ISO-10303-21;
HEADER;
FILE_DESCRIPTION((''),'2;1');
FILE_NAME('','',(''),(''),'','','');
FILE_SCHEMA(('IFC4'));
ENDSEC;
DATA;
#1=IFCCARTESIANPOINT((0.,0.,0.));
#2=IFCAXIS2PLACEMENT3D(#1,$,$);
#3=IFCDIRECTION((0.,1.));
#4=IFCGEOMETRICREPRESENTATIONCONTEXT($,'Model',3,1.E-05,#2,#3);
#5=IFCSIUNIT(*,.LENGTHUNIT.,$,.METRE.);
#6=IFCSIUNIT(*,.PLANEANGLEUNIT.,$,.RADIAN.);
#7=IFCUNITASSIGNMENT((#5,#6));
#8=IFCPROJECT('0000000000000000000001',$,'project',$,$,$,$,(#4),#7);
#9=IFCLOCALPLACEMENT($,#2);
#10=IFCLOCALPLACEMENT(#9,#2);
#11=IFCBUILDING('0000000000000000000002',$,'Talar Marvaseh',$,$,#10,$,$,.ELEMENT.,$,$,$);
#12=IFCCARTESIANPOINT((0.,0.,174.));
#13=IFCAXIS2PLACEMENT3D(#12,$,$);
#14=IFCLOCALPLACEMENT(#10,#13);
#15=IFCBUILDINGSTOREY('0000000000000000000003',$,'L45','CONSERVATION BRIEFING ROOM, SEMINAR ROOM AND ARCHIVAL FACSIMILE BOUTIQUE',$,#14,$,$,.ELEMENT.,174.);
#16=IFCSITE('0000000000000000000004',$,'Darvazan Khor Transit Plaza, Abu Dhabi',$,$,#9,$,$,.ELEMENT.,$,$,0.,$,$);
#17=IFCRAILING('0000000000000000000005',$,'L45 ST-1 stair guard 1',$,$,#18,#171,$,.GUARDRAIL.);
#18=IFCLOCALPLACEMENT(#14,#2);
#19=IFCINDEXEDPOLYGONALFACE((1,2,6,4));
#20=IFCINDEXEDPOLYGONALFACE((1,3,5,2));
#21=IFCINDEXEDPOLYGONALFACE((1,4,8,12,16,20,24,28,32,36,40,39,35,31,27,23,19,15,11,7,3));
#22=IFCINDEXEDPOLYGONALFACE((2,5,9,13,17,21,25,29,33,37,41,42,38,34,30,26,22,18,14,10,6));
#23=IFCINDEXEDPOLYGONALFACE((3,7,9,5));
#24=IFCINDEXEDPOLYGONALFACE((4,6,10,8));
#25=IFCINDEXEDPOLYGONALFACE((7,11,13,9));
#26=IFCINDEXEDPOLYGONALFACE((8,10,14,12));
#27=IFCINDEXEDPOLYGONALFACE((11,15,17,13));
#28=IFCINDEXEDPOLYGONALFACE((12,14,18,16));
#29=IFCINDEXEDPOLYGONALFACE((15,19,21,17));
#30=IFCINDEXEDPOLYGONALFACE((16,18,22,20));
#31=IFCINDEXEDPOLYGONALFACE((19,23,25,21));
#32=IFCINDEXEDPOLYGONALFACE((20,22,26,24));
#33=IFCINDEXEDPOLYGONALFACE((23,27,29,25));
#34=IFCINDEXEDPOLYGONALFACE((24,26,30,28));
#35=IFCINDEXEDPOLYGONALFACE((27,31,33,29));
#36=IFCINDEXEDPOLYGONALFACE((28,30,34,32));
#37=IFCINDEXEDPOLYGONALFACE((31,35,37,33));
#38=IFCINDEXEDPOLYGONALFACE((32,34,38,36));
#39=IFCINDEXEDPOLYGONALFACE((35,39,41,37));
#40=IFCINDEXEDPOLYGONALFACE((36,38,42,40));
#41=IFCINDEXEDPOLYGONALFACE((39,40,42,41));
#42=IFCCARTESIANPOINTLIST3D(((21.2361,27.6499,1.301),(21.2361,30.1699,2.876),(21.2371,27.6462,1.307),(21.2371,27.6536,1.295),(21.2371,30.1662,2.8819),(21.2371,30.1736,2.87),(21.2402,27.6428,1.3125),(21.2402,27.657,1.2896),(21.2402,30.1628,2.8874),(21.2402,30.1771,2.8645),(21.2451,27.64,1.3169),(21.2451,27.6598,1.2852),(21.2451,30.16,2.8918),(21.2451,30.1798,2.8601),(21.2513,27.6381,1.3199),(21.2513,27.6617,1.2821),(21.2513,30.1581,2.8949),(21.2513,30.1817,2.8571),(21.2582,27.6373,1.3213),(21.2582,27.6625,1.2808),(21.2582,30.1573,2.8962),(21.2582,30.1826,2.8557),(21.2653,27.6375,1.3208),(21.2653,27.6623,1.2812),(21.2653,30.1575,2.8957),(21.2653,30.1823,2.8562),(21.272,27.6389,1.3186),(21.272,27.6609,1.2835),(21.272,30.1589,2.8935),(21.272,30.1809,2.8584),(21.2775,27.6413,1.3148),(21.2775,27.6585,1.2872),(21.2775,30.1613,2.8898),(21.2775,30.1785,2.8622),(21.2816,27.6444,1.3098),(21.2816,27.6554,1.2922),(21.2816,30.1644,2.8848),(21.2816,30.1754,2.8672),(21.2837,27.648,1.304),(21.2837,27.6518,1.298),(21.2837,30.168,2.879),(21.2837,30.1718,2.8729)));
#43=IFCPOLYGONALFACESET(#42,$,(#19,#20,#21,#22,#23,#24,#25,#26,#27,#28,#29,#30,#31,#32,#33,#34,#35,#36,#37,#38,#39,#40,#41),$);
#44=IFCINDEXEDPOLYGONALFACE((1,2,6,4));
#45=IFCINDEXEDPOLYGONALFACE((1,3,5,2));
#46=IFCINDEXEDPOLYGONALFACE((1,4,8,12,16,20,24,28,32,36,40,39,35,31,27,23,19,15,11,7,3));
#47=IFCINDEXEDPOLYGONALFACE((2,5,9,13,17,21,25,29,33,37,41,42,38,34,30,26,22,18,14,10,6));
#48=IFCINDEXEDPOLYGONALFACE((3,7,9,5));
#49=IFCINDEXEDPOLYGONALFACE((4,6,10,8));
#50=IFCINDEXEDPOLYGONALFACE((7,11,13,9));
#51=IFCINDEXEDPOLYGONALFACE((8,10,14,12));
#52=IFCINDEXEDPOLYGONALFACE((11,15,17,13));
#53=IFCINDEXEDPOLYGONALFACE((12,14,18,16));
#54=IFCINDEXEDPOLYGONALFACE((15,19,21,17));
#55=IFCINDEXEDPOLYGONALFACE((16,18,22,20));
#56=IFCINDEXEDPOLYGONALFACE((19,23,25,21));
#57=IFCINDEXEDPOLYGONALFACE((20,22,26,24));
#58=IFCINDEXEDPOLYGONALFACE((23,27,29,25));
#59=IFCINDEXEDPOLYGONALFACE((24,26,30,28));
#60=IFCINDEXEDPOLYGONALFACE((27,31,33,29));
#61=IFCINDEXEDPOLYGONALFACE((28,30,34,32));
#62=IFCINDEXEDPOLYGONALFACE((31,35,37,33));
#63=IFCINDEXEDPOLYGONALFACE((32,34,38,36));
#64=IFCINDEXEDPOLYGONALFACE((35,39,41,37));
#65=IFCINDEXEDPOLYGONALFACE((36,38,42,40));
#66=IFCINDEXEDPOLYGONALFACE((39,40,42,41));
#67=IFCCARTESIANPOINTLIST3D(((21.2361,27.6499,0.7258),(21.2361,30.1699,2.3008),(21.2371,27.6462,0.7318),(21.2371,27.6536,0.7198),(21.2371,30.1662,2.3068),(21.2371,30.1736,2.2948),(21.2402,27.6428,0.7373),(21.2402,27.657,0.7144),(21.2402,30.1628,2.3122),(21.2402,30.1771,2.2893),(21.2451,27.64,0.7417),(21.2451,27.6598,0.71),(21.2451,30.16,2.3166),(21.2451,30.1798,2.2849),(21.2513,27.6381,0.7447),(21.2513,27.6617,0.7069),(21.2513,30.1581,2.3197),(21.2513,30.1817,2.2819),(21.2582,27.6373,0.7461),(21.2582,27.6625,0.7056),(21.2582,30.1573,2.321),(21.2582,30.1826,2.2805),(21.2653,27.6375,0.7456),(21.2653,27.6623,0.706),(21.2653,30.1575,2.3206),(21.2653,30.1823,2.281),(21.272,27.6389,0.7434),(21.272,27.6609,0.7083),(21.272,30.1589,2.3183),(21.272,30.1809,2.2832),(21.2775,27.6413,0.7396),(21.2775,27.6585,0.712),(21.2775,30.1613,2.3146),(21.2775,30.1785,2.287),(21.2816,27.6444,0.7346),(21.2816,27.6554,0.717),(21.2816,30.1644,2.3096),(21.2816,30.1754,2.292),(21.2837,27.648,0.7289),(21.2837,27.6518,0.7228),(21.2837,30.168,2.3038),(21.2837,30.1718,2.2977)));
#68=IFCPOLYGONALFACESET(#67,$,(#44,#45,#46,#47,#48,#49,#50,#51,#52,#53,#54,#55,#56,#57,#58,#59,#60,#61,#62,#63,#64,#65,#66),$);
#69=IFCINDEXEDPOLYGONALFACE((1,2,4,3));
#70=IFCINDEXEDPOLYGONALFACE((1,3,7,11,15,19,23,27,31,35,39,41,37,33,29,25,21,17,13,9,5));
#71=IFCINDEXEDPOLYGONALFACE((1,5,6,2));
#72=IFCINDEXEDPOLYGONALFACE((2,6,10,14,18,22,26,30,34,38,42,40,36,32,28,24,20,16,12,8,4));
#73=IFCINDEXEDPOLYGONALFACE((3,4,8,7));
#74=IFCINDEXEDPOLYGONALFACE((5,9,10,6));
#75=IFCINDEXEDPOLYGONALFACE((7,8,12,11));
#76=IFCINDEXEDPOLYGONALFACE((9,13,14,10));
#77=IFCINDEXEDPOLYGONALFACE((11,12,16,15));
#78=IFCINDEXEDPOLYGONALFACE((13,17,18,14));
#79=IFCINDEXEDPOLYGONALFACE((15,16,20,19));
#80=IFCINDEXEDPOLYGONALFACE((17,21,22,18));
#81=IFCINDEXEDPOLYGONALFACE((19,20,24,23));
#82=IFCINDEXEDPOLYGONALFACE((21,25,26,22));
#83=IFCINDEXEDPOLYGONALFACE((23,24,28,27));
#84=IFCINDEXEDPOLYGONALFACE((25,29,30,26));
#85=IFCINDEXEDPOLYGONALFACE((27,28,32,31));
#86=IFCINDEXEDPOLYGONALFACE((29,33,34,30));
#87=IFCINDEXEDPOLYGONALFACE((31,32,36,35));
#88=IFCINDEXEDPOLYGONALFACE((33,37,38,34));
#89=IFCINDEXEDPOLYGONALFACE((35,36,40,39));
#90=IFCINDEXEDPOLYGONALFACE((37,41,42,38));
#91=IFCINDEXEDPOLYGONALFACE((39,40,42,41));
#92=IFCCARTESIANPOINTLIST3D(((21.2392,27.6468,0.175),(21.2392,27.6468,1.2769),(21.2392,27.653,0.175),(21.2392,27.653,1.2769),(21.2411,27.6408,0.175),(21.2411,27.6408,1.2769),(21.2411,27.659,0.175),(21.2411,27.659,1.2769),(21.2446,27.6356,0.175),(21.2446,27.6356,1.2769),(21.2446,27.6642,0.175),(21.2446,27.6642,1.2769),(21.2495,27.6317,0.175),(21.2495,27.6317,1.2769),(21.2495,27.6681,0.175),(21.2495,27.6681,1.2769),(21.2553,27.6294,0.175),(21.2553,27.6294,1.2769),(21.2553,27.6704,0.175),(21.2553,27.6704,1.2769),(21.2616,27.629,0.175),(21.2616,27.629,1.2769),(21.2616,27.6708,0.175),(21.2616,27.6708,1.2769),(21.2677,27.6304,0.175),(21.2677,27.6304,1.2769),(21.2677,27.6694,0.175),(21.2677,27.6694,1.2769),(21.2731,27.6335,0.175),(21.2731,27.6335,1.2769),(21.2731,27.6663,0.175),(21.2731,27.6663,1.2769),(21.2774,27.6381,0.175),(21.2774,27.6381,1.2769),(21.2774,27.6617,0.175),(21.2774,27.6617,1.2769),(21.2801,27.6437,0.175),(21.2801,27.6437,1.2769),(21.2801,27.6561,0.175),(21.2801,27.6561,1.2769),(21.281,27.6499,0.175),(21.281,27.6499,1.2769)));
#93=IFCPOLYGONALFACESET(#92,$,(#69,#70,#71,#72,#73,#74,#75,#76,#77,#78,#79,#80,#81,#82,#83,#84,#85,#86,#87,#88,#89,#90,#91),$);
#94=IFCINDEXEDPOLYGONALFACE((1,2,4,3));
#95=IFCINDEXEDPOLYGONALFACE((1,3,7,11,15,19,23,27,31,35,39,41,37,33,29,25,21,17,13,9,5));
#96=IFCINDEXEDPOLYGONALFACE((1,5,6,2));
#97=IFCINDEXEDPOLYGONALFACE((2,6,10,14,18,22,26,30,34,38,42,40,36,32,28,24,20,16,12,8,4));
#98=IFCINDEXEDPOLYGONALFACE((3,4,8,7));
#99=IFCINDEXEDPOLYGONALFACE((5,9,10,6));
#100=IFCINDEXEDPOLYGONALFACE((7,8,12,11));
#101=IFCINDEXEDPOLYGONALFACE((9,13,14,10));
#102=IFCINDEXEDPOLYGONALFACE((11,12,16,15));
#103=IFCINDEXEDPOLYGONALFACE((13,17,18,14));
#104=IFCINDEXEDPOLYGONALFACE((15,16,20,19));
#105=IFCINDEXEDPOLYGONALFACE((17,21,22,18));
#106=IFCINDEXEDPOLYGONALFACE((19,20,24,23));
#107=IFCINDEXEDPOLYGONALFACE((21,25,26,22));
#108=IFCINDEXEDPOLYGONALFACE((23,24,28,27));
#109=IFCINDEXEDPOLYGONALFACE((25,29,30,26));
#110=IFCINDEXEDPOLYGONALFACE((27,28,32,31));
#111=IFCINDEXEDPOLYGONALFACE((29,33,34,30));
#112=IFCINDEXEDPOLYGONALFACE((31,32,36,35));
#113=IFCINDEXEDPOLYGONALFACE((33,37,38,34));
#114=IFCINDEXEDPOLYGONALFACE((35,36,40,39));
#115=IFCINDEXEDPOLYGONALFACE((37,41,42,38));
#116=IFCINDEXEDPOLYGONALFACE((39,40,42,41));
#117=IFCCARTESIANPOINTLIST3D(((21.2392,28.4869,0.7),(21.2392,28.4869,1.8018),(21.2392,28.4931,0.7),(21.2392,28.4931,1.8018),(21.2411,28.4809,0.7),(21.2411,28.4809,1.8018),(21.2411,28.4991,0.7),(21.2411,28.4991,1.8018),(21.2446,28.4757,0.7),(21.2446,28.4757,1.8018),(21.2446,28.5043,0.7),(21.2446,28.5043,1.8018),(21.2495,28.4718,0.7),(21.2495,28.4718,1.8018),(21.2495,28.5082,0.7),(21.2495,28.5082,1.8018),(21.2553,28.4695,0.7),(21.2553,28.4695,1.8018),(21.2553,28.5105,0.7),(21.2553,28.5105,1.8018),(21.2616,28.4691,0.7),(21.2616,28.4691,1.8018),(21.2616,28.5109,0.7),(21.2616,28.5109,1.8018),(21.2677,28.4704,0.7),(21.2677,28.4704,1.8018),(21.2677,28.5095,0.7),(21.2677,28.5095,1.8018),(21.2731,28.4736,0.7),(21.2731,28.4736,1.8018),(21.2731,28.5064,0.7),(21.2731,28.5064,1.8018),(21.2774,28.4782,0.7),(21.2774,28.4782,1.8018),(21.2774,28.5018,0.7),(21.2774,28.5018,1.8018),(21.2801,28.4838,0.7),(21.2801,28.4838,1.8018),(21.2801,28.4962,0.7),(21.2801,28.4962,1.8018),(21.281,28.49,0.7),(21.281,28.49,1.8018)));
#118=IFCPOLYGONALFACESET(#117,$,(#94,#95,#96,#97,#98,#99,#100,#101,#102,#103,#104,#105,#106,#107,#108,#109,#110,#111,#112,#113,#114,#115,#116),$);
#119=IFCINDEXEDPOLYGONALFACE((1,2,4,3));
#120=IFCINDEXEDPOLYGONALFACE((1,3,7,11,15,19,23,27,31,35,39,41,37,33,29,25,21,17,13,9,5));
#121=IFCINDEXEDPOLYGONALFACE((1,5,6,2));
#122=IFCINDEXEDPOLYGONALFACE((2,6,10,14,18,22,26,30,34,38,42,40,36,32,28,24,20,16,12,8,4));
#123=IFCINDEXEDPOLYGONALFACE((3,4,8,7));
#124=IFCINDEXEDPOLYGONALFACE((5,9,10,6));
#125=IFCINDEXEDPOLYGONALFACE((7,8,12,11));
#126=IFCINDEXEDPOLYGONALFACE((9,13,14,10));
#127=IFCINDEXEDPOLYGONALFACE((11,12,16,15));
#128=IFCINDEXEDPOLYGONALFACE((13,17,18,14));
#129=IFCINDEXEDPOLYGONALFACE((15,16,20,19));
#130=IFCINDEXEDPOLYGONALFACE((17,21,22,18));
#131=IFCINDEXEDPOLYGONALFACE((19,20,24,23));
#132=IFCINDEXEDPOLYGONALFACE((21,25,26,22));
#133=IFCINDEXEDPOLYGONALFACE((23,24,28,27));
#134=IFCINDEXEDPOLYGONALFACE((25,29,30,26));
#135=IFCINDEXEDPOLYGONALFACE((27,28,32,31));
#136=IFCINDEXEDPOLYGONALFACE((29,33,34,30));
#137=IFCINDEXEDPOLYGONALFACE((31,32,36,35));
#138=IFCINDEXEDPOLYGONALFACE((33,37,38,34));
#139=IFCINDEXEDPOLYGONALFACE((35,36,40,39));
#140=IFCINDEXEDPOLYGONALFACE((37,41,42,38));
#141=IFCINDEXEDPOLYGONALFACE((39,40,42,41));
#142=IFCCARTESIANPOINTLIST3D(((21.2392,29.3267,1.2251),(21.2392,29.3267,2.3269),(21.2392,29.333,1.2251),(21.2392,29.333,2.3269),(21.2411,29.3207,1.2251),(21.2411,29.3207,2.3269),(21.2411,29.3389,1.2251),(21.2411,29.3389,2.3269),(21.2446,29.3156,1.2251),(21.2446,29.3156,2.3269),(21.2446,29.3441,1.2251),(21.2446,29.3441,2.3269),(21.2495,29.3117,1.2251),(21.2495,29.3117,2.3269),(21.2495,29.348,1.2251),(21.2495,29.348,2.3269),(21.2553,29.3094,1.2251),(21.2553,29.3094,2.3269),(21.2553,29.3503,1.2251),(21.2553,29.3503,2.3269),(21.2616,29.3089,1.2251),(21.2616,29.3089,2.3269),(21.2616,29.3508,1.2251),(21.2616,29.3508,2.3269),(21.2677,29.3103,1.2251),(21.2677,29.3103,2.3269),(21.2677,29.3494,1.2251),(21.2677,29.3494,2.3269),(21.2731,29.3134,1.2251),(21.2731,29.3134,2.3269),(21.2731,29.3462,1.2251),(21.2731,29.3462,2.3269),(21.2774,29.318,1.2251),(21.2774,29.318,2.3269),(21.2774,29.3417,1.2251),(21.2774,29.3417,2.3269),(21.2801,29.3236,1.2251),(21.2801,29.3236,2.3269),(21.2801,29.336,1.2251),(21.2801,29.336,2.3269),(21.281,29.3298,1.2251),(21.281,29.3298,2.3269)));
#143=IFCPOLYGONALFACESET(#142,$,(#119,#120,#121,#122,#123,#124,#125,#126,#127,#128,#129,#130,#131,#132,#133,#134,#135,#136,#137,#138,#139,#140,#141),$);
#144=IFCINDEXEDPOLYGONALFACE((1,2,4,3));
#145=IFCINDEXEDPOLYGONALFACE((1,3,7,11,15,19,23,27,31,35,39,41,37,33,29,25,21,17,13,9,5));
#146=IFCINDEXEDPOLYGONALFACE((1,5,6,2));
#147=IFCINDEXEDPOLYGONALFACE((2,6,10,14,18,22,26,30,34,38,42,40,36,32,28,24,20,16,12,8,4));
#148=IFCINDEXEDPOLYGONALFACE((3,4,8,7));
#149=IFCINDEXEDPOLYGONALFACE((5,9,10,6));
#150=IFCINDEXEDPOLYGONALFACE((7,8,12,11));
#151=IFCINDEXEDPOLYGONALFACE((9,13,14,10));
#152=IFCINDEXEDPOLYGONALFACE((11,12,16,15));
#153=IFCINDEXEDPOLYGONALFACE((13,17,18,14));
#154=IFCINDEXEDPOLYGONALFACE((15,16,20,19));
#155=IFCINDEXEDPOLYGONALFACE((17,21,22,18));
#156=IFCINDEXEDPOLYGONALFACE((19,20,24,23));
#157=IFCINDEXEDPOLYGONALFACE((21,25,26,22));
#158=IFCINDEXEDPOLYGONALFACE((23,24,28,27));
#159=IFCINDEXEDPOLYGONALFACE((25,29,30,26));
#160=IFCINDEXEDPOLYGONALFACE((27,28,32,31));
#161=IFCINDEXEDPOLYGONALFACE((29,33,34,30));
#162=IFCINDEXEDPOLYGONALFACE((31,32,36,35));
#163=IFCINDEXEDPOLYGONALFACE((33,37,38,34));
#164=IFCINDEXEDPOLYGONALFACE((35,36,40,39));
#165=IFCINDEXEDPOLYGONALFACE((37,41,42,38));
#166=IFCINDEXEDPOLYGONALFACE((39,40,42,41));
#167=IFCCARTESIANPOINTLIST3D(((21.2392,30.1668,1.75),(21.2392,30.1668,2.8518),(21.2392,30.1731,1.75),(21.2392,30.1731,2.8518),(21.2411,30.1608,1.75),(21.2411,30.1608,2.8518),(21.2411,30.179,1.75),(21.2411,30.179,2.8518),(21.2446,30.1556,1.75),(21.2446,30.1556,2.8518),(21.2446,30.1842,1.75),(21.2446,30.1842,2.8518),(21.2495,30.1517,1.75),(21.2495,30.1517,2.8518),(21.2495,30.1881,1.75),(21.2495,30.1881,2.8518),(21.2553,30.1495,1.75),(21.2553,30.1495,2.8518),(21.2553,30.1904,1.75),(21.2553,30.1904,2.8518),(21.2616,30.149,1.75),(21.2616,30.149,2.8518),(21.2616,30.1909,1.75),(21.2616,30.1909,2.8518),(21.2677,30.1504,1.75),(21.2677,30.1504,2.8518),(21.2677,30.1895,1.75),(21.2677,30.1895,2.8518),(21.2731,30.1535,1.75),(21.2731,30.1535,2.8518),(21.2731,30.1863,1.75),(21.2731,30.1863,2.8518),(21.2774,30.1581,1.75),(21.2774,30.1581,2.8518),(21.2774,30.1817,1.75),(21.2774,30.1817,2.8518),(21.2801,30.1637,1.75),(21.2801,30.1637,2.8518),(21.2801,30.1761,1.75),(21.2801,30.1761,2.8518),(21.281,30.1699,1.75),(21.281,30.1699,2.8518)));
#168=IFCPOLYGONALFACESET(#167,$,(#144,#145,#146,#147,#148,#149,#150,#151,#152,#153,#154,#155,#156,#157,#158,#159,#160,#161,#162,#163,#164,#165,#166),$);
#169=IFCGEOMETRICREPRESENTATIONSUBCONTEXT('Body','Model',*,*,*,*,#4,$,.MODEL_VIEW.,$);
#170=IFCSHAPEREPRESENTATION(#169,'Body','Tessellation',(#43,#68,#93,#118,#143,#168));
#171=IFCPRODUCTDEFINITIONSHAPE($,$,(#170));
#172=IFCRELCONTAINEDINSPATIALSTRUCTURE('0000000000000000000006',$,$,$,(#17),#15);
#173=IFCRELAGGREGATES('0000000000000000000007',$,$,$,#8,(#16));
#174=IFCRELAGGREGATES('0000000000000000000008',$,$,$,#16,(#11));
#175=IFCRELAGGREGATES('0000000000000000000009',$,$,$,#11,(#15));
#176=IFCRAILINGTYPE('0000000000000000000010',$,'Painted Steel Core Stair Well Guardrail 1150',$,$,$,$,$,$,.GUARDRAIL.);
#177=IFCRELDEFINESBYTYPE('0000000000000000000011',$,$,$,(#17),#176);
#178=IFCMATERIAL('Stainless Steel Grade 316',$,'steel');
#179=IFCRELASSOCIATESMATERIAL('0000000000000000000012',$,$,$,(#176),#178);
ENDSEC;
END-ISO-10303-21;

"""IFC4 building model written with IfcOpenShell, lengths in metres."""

from ifc_helpers import new_model, si_unit, direction, frame, origin, origin_2d, place, context, subcontext, project, spatial, circle, extrude, material, type_object, element, save


model = new_model("IFC4")

# Units and contexts
model_context = context("Model", 3, precision=1e-05, world=origin(), true_north=direction((0.0, 1.0)))
body_context = subcontext(model_context, "Body", "Model", "MODEL_VIEW")
ifc_project = project(units=[si_unit("LENGTHUNIT", "METRE"), si_unit("PLANEANGLEUNIT", "RADIAN")], contexts=[model_context])

# Site, building, storey
site_placement = place(None, origin())
site = spatial("IfcSite", under=ifc_project, at=site_placement, Name="Darvazan Khor Transit Plaza, Abu Dhabi", CompositionType="ELEMENT", RefElevation=0.0)
building_placement = place(site_placement, origin())
building = spatial("IfcBuilding", under=site, at=building_placement, Name="Talar Marvaseh", CompositionType="ELEMENT")
storey_placement = place(building_placement, frame((0.0, 0.0, 174.0)))
storey = spatial("IfcBuildingStorey", under=building, at=storey_placement, Name="L45", Description="CONSERVATION BRIEFING ROOM, SEMINAR ROOM AND ARCHIVAL FACSIMILE BOUTIQUE", CompositionType="ELEMENT", Elevation=174.0)

# Railing
ifc_material_1 = material(Name="Stainless Steel Grade 316", Category="steel")
railing_type_1 = type_object("IfcRailingType", Name="Painted Steel Core Stair Well Guardrail 1150", PredefinedType="GUARDRAIL", material=ifc_material_1)
railing_1_placement = place(storey_placement, frame((21.26, 27.6499, 0.175)))
element("IfcRailing", 1, at=railing_1_placement, inside=storey, type_object=railing_type_1, Name="L45 ST-1 stair guard 1", PredefinedType="GUARDRAIL", context=body_context, shape_type="SweptSolid", body=[
    extrude(circle(Radius=0.0239, at=origin_2d()), frame((0.0, 0.0, 1.126), z_axis=(0.0, 0.848008, 0.529984), x_axis=(-1.0, 0.0, 0.0)), (0.0, 0.0, 1.0), 2.9717),
    extrude(circle(Radius=0.0239, at=origin_2d()), frame((0.0, 0.0, 0.5508), z_axis=(0.0, 0.848008, 0.529984), x_axis=(-1.0, 0.0, 0.0)), (0.0, 0.0, 1.0), 2.9717),
    extrude(circle(Radius=0.021, at=origin_2d()), origin(), (0.0, 0.0, 1.0), 1.1018),
    extrude(circle(Radius=0.021, at=origin_2d()), frame((0.0, 0.8401, 0.5249)), (0.0, 0.0, 1.0), 1.1018),
    extrude(circle(Radius=0.021, at=origin_2d()), frame((0.0, 1.6799, 1.05)), (0.0, 0.0, 1.0), 1.1018),
    extrude(circle(Radius=0.021, at=origin_2d()), frame((0.0, 2.52, 1.575)), (0.0, 0.0, 1.0), 1.1018),
])

save(model, "model.ifc")
